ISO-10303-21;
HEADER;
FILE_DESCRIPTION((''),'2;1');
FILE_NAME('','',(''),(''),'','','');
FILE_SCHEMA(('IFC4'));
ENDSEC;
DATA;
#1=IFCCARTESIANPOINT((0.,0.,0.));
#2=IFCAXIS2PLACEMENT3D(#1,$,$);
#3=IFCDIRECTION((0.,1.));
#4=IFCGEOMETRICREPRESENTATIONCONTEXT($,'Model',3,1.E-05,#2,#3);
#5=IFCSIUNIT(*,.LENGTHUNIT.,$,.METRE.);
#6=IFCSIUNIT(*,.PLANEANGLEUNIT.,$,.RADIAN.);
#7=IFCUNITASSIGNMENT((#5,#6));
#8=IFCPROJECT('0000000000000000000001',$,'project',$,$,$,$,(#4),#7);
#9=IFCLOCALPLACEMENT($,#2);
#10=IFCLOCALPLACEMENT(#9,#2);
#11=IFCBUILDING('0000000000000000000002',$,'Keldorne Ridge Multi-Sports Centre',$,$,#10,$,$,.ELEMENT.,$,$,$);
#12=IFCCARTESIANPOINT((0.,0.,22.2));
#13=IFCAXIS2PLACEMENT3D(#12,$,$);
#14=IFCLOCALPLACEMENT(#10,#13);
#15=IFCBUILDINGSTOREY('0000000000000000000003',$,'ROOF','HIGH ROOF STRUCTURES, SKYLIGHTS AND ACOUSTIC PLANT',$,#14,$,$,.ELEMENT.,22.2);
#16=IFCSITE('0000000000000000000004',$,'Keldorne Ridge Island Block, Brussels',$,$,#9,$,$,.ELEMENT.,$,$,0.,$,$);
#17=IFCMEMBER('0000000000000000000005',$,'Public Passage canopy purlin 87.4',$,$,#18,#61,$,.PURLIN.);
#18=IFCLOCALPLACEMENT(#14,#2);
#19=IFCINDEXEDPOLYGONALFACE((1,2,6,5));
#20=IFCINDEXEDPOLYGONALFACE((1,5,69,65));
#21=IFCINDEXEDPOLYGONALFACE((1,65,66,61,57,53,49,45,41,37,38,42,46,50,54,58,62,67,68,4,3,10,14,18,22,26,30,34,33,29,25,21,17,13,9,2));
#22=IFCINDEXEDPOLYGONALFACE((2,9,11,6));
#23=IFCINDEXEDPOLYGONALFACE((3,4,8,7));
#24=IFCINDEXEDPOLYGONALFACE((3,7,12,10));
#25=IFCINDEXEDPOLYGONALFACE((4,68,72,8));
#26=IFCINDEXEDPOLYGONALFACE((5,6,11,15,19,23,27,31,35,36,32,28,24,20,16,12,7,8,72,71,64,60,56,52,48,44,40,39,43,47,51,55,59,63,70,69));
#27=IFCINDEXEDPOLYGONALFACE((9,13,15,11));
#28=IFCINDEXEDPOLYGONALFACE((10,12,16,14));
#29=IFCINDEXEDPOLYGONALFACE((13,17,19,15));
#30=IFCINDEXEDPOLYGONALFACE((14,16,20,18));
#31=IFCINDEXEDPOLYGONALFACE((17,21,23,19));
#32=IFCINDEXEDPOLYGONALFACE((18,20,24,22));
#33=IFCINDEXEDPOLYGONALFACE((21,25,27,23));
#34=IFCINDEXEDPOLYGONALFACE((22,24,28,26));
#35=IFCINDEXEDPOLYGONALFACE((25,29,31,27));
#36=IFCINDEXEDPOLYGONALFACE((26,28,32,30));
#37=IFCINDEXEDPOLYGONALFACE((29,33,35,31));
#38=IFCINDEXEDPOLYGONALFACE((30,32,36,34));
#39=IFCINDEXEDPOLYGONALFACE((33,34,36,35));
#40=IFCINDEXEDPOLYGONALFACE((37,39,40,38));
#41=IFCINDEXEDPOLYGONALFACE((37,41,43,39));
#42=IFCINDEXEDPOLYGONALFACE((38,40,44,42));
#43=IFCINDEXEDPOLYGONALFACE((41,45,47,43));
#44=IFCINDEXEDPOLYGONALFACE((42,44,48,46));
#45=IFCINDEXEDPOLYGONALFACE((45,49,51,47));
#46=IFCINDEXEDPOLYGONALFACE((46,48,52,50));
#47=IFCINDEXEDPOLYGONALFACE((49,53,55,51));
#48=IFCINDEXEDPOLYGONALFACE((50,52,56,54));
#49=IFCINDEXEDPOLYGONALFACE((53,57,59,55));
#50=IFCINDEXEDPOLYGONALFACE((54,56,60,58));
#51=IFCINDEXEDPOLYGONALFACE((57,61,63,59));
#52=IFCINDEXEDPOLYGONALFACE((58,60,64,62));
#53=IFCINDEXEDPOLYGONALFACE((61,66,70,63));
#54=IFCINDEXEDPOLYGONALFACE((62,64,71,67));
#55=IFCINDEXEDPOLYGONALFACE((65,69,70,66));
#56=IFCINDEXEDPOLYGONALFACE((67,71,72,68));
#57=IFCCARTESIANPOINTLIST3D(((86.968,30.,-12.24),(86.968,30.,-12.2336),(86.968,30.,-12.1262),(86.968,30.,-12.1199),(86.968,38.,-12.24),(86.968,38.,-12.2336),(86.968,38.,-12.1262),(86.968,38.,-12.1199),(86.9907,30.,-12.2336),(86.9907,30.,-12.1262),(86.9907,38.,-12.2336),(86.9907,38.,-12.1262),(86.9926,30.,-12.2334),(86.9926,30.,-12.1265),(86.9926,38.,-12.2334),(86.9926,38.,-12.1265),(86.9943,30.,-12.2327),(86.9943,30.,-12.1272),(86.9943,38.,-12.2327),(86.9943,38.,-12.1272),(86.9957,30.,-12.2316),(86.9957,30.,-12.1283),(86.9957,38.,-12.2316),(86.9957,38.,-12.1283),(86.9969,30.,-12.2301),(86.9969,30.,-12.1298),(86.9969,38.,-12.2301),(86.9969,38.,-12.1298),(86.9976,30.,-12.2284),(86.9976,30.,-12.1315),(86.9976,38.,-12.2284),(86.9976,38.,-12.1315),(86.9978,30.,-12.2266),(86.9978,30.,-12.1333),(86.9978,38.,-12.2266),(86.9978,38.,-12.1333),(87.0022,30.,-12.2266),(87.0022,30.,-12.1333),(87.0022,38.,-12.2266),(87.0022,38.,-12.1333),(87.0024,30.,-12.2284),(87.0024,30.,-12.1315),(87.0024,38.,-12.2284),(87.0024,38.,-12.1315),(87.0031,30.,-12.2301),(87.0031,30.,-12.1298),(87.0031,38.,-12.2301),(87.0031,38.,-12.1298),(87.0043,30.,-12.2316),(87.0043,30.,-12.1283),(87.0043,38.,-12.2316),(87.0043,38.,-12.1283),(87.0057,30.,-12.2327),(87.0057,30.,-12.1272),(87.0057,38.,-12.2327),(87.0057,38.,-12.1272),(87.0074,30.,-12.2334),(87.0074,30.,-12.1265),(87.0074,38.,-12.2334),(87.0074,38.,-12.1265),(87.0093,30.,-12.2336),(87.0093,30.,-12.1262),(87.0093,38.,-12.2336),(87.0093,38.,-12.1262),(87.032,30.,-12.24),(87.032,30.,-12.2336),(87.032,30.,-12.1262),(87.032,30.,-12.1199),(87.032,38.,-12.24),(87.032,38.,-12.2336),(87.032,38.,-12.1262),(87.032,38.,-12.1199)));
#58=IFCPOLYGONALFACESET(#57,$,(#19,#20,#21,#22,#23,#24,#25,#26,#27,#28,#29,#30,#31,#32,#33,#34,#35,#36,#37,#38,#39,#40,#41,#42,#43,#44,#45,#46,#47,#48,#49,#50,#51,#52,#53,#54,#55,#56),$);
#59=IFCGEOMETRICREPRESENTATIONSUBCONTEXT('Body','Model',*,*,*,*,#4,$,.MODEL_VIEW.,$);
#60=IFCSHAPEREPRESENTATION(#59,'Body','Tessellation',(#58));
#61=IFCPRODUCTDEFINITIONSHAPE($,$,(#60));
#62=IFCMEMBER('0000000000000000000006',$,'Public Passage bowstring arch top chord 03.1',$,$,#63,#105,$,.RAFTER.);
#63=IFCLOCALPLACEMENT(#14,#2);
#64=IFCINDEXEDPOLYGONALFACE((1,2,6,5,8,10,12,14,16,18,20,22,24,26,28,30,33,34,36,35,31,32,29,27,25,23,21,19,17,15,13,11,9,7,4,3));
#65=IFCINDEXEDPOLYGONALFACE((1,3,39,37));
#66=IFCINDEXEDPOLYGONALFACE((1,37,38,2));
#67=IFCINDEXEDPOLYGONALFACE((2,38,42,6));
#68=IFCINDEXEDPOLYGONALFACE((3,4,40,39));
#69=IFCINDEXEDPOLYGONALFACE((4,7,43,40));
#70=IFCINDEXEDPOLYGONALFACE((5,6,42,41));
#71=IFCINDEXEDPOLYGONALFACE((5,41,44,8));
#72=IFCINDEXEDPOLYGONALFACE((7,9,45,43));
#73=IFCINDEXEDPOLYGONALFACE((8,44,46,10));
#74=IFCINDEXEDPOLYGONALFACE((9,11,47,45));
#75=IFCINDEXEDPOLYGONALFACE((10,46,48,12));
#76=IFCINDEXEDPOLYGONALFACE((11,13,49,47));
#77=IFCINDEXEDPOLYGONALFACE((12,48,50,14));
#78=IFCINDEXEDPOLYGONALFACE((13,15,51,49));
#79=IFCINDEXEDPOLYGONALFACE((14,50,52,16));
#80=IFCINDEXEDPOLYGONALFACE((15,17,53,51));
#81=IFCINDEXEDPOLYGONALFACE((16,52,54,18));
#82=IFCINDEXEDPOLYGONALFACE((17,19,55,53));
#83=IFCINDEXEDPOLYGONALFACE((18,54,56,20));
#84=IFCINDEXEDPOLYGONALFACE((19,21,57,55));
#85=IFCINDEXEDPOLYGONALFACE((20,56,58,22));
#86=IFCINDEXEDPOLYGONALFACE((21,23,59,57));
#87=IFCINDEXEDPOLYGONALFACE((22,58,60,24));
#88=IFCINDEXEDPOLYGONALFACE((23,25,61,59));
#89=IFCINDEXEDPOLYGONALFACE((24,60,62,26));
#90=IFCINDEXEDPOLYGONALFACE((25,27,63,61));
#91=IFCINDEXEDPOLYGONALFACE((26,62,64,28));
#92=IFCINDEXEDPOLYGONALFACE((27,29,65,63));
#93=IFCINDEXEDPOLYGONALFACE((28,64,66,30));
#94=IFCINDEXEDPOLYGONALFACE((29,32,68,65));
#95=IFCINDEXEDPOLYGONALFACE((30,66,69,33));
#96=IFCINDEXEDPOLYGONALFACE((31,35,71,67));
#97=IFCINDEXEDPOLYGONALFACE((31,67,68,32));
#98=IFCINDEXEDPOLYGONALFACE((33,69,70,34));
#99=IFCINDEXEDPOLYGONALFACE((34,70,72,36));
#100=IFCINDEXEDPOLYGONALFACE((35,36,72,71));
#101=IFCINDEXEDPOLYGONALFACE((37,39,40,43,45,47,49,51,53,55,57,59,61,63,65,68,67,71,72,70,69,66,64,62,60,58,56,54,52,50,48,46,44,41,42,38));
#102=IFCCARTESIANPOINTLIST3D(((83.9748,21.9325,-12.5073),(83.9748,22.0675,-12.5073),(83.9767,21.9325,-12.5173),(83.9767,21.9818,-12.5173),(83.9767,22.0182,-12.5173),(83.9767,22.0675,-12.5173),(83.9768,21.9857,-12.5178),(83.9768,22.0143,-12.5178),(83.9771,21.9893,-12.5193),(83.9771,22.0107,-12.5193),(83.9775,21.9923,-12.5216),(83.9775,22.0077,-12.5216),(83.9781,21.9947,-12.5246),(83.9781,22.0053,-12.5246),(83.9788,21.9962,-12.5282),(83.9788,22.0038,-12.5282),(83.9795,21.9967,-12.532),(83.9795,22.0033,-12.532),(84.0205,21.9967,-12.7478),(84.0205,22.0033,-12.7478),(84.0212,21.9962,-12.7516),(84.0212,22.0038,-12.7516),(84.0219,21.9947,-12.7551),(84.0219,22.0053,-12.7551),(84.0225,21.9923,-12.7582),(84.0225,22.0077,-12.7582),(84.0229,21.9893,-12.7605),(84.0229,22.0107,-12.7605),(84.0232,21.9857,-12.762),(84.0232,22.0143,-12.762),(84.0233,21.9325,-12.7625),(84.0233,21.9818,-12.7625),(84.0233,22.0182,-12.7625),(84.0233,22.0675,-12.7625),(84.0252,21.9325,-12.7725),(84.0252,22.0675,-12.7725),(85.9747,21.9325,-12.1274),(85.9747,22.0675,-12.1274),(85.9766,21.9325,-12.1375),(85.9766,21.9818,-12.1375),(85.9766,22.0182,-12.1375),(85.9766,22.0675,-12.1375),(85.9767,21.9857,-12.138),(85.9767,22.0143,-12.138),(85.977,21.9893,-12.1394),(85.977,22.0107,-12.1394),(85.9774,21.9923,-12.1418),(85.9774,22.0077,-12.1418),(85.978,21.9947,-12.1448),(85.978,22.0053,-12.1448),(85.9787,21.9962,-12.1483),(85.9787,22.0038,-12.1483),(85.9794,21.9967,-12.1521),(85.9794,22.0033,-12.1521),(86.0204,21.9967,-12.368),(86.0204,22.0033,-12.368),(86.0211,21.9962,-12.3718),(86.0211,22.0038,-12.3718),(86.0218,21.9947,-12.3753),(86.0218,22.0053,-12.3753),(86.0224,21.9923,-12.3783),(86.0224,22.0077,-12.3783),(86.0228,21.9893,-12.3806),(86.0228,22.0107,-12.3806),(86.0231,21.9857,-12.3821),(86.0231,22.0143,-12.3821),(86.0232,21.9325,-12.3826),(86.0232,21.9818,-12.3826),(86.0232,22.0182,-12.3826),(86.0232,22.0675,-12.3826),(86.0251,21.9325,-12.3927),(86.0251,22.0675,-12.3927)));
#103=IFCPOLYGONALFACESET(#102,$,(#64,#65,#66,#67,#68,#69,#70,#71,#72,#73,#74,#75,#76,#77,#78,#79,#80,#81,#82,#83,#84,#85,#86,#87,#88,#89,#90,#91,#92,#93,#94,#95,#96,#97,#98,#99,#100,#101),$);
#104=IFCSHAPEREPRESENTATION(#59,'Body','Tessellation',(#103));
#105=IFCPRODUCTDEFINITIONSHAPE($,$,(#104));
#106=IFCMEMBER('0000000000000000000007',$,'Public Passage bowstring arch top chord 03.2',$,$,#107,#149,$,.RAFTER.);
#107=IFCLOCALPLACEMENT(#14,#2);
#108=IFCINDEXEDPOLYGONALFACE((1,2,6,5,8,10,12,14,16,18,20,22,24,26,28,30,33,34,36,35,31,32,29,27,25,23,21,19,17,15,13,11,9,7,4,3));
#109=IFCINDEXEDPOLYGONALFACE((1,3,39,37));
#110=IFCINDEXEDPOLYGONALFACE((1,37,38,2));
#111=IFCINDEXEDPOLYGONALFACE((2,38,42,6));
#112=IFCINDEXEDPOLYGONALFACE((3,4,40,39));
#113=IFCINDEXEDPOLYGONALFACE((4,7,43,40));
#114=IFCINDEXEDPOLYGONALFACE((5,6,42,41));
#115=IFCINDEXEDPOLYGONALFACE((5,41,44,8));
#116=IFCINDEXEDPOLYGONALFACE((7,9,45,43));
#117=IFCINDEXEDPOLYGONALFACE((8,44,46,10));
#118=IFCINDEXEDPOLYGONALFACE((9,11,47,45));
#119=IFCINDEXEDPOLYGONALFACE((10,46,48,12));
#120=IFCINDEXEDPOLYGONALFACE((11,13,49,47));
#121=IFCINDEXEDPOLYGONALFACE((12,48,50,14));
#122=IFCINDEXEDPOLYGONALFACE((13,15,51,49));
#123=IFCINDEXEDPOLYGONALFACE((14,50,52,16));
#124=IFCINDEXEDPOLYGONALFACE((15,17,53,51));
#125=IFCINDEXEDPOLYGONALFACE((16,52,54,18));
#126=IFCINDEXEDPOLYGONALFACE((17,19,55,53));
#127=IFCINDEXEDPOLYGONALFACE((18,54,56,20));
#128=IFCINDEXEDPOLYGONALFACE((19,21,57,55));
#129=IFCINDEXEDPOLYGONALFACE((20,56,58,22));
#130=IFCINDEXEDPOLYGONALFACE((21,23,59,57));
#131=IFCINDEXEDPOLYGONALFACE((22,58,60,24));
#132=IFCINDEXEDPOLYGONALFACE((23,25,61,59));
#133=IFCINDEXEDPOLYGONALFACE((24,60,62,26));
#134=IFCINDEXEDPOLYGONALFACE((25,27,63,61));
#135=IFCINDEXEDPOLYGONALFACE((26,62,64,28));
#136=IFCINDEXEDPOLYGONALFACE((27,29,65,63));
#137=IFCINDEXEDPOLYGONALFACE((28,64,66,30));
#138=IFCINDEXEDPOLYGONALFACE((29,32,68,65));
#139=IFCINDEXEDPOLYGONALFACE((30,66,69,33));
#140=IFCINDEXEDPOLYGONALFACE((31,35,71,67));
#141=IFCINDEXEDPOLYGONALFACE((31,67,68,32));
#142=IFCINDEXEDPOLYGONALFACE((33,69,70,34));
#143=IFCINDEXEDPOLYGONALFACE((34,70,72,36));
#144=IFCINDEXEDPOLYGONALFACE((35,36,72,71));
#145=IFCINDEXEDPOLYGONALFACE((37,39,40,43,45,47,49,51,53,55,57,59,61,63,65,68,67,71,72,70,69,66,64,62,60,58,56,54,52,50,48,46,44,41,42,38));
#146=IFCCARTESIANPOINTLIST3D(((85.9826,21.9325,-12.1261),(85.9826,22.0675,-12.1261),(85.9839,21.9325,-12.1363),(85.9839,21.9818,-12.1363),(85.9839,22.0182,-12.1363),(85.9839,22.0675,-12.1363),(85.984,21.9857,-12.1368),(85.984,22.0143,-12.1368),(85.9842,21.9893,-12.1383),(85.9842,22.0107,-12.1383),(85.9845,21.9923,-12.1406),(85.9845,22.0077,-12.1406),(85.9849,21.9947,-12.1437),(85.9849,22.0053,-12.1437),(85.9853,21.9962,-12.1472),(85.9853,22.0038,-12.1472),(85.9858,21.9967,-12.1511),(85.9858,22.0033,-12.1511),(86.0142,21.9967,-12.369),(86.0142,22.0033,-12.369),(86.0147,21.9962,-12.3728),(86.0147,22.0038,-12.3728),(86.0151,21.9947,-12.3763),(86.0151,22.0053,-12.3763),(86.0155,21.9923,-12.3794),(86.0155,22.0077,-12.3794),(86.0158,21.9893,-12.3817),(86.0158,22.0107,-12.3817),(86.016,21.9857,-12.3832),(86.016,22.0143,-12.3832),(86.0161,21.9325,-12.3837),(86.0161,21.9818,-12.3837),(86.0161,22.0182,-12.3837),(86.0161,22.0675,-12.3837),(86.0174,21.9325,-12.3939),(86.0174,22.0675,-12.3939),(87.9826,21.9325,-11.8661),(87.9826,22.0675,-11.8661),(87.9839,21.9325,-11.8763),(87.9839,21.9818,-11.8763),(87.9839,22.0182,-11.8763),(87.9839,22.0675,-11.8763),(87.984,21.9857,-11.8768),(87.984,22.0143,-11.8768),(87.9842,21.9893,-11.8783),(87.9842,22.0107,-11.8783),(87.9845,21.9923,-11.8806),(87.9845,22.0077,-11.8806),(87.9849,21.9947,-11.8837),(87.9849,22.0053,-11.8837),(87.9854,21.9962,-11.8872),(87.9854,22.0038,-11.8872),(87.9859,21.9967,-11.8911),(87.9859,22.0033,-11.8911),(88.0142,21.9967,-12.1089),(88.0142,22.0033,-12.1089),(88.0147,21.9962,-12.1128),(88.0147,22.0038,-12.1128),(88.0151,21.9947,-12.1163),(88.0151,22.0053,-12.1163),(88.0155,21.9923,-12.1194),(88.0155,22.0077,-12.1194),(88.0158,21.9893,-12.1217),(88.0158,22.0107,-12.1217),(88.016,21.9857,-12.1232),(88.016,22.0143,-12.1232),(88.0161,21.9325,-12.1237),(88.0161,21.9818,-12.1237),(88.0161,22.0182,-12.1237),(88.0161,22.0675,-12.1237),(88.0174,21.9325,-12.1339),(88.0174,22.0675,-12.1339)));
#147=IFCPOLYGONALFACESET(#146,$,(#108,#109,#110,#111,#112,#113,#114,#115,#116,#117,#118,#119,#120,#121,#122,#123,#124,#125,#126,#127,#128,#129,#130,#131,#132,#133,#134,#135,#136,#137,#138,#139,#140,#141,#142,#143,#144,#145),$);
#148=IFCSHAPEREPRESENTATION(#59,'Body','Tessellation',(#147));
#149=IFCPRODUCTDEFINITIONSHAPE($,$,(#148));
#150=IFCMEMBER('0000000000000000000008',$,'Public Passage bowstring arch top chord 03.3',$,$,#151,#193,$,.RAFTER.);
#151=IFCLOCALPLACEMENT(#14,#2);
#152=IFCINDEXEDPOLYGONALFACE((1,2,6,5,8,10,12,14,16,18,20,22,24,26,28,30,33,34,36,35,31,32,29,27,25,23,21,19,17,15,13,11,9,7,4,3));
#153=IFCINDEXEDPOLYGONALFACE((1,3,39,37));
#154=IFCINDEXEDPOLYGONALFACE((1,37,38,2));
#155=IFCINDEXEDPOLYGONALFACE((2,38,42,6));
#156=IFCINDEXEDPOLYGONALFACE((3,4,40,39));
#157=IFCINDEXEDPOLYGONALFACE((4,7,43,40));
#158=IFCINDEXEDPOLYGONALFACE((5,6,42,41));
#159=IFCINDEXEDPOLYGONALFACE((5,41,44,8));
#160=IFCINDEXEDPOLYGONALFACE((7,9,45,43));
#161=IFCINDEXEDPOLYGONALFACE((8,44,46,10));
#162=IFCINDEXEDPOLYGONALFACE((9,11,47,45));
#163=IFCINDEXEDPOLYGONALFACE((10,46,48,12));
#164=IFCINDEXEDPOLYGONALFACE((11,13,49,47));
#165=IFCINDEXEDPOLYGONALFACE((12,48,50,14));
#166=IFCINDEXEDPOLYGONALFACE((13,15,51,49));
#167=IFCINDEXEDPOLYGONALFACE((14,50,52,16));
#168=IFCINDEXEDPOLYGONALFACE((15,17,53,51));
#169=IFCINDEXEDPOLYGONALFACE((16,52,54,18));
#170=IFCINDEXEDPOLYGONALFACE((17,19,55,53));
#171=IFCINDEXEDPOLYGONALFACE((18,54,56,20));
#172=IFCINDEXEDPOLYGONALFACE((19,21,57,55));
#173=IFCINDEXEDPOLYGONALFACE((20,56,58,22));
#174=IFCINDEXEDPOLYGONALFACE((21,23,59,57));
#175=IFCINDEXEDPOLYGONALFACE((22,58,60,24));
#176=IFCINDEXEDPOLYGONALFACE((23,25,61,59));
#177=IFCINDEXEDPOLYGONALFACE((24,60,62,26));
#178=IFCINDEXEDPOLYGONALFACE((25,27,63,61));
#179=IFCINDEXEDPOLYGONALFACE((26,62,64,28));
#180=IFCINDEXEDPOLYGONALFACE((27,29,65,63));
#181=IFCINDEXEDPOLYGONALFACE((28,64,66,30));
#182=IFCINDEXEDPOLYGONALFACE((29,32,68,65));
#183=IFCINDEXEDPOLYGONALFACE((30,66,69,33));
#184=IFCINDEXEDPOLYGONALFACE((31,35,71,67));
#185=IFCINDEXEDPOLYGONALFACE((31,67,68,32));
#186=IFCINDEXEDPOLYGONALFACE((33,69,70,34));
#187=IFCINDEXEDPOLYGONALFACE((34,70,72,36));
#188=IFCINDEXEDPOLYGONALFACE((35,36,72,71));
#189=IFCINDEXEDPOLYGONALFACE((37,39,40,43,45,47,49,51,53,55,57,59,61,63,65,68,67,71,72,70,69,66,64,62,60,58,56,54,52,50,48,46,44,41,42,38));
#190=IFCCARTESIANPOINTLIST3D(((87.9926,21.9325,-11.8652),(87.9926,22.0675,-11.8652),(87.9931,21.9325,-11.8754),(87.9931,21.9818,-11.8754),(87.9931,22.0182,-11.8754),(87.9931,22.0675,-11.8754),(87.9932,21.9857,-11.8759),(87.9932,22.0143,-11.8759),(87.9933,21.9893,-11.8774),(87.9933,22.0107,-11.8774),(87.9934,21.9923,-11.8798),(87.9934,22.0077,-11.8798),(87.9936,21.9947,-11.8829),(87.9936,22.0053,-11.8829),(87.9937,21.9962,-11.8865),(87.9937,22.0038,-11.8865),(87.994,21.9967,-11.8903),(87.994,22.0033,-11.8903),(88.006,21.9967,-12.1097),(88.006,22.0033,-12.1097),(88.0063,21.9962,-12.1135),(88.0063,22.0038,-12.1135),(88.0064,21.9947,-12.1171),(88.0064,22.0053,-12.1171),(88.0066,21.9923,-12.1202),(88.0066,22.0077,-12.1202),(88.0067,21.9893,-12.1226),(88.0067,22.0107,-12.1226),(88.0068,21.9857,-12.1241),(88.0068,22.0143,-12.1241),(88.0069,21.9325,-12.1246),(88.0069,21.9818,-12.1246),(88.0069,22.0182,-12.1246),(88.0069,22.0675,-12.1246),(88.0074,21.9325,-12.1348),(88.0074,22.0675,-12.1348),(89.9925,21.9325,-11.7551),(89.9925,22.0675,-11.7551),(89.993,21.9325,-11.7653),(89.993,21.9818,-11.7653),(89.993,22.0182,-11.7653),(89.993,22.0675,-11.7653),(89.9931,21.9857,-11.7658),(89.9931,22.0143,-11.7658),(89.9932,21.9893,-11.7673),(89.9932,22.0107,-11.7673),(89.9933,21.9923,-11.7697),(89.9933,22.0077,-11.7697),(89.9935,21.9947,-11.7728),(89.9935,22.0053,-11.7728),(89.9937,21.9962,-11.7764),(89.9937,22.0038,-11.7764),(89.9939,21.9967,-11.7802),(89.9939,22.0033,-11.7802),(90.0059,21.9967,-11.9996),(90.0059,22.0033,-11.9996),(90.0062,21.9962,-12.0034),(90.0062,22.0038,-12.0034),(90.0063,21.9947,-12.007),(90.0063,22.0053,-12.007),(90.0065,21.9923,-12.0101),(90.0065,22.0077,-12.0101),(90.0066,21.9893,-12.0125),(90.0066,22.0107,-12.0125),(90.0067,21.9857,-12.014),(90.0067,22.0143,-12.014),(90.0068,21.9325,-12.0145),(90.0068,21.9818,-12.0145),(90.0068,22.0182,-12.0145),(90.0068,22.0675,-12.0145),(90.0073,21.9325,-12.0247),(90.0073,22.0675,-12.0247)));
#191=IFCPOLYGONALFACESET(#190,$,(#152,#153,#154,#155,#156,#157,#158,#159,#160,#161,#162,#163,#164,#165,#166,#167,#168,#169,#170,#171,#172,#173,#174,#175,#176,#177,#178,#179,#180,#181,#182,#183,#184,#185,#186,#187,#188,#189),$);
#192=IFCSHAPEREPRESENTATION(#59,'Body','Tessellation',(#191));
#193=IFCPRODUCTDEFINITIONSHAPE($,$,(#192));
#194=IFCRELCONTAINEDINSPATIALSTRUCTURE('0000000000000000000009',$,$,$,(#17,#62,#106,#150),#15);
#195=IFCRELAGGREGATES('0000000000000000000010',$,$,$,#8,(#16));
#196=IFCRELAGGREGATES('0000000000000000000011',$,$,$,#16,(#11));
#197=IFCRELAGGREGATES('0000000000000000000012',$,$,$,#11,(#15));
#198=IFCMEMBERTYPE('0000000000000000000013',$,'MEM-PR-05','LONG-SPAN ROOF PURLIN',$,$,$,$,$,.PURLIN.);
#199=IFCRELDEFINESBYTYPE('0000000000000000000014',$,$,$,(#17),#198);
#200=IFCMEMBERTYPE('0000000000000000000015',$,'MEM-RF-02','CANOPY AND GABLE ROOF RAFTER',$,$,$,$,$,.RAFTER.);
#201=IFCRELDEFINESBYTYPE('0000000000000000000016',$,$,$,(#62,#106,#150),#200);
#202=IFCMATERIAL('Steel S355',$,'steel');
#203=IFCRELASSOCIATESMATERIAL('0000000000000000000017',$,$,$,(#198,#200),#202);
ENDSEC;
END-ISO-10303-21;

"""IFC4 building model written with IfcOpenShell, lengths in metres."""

from ifc_helpers import new_model, si_unit, direction, frame, origin, origin_2d, place, context, subcontext, project, spatial, i_section, extrude, material, material_profile, profile_set, type_object, element, save


model = new_model("IFC4")

# Units and contexts
model_context = context("Model", 3, precision=1e-05, world=origin(), true_north=direction((0.0, 1.0)))
body_context = subcontext(model_context, "Body", "Model", "MODEL_VIEW")
ifc_project = project(units=[si_unit("LENGTHUNIT", "METRE"), si_unit("PLANEANGLEUNIT", "RADIAN")], contexts=[model_context])

# Site, building, storey
site_placement = place(None, origin())
site = spatial("IfcSite", under=ifc_project, at=site_placement, Name="Keldorne Ridge Island Block, Brussels", CompositionType="ELEMENT", RefElevation=0.0)
building_placement = place(site_placement, origin())
building = spatial("IfcBuilding", under=site, at=building_placement, Name="Keldorne Ridge Multi-Sports Centre", CompositionType="ELEMENT")
storey_placement = place(building_placement, frame((0.0, 0.0, 22.2)))
storey = spatial("IfcBuildingStorey", under=building, at=storey_placement, Name="ROOF", Description="HIGH ROOF STRUCTURES, SKYLIGHTS AND ACOUSTIC PLANT", CompositionType="ELEMENT", Elevation=22.2)

# Members
ifc_material = material(Name="Steel S355", Category="steel")
ifc_material_profile_1 = material_profile(ifc_material, i_section(OverallWidth=0.064, OverallDepth=0.1201, WebThickness=0.0044, FlangeThickness=0.0063, FilletRadius=0.0071, at=origin_2d()), Name="IPE 120")
ifc_profile_set_1 = profile_set([ifc_material_profile_1], Name="Steel S355")
member_type_1 = type_object("IfcMemberType", Name="MEM-PR-05", Description="LONG-SPAN ROOF PURLIN", PredefinedType="PURLIN", material=ifc_profile_set_1)
for number, where, z_axis, x_axis, name in (
    (1, (87.0, 30.0, -12.1799), (0.0, 1.0, 0.0), (-1.0, 0.0, 0.0), "Public Passage canopy purlin 87.4"),
):
    element("IfcMember", number, at=place(storey_placement, frame(where, z_axis=z_axis, x_axis=x_axis)), inside=storey, type_object=member_type_1, Name=name, PredefinedType="PURLIN", context=body_context, shape_type="SweptSolid", body=[
        extrude(i_section(OverallWidth=0.064, OverallDepth=0.1201, WebThickness=0.0044, FlangeThickness=0.0063, FilletRadius=0.0071, at=origin_2d()), origin(), (0.0, 0.0, 1.0), 8.0),
    ])
ifc_material_profile_2 = material_profile(ifc_material, i_section(OverallWidth=0.135, OverallDepth=0.27, WebThickness=0.0066, FlangeThickness=0.0103, FilletRadius=0.0149, at=origin_2d()), Name="IPE 270")
ifc_profile_set_2 = profile_set([ifc_material_profile_2], Name="Steel S355")
member_type_2 = type_object("IfcMemberType", Name="MEM-RF-02", Description="CANOPY AND GABLE ROOF RAFTER", PredefinedType="RAFTER", material=ifc_profile_set_2)
member_1_placement = place(storey_placement, frame((84.0, 22.0, -12.6399), z_axis=(0.982435, 0.0, 0.186605), x_axis=(0.0, 1.0, 0.0)))
element("IfcMember", 2, at=member_1_placement, inside=storey, type_object=member_type_2, Name="Public Passage bowstring arch top chord 03.1", PredefinedType="RAFTER", context=body_context, shape_type="SweptSolid", body=[
    extrude(i_section(OverallWidth=0.135, OverallDepth=0.27, WebThickness=0.0066, FlangeThickness=0.0103, FilletRadius=0.0149, at=origin_2d()), origin(), (0.0, 0.0, 1.0), 2.0356),
])
member_2_placement = place(storey_placement, frame((86.0, 22.0, -12.26), z_axis=(0.991655, 0.0, 0.12892), x_axis=(0.0, 1.0, 0.0)))
element("IfcMember", 3, at=member_2_placement, inside=storey, type_object=member_type_2, Name="Public Passage bowstring arch top chord 03.2", PredefinedType="RAFTER", context=body_context, shape_type="SweptSolid", body=[
    extrude(i_section(OverallWidth=0.135, OverallDepth=0.27, WebThickness=0.0066, FlangeThickness=0.0103, FilletRadius=0.0149, at=origin_2d()), origin(), (0.0, 0.0, 1.0), 2.0168),
])
member_3_placement = place(storey_placement, frame((88.0, 22.0, -12.0), z_axis=(0.998488, 0.0, 0.05497), x_axis=(0.0, 1.0, 0.0)))
element("IfcMember", 4, at=member_3_placement, inside=storey, type_object=member_type_2, Name="Public Passage bowstring arch top chord 03.3", PredefinedType="RAFTER", context=body_context, shape_type="SweptSolid", body=[
    extrude(i_section(OverallWidth=0.135, OverallDepth=0.27, WebThickness=0.0066, FlangeThickness=0.0103, FilletRadius=0.0149, at=origin_2d()), origin(), (0.0, 0.0, 1.0), 2.0029),
])

save(model, "model.ifc")
